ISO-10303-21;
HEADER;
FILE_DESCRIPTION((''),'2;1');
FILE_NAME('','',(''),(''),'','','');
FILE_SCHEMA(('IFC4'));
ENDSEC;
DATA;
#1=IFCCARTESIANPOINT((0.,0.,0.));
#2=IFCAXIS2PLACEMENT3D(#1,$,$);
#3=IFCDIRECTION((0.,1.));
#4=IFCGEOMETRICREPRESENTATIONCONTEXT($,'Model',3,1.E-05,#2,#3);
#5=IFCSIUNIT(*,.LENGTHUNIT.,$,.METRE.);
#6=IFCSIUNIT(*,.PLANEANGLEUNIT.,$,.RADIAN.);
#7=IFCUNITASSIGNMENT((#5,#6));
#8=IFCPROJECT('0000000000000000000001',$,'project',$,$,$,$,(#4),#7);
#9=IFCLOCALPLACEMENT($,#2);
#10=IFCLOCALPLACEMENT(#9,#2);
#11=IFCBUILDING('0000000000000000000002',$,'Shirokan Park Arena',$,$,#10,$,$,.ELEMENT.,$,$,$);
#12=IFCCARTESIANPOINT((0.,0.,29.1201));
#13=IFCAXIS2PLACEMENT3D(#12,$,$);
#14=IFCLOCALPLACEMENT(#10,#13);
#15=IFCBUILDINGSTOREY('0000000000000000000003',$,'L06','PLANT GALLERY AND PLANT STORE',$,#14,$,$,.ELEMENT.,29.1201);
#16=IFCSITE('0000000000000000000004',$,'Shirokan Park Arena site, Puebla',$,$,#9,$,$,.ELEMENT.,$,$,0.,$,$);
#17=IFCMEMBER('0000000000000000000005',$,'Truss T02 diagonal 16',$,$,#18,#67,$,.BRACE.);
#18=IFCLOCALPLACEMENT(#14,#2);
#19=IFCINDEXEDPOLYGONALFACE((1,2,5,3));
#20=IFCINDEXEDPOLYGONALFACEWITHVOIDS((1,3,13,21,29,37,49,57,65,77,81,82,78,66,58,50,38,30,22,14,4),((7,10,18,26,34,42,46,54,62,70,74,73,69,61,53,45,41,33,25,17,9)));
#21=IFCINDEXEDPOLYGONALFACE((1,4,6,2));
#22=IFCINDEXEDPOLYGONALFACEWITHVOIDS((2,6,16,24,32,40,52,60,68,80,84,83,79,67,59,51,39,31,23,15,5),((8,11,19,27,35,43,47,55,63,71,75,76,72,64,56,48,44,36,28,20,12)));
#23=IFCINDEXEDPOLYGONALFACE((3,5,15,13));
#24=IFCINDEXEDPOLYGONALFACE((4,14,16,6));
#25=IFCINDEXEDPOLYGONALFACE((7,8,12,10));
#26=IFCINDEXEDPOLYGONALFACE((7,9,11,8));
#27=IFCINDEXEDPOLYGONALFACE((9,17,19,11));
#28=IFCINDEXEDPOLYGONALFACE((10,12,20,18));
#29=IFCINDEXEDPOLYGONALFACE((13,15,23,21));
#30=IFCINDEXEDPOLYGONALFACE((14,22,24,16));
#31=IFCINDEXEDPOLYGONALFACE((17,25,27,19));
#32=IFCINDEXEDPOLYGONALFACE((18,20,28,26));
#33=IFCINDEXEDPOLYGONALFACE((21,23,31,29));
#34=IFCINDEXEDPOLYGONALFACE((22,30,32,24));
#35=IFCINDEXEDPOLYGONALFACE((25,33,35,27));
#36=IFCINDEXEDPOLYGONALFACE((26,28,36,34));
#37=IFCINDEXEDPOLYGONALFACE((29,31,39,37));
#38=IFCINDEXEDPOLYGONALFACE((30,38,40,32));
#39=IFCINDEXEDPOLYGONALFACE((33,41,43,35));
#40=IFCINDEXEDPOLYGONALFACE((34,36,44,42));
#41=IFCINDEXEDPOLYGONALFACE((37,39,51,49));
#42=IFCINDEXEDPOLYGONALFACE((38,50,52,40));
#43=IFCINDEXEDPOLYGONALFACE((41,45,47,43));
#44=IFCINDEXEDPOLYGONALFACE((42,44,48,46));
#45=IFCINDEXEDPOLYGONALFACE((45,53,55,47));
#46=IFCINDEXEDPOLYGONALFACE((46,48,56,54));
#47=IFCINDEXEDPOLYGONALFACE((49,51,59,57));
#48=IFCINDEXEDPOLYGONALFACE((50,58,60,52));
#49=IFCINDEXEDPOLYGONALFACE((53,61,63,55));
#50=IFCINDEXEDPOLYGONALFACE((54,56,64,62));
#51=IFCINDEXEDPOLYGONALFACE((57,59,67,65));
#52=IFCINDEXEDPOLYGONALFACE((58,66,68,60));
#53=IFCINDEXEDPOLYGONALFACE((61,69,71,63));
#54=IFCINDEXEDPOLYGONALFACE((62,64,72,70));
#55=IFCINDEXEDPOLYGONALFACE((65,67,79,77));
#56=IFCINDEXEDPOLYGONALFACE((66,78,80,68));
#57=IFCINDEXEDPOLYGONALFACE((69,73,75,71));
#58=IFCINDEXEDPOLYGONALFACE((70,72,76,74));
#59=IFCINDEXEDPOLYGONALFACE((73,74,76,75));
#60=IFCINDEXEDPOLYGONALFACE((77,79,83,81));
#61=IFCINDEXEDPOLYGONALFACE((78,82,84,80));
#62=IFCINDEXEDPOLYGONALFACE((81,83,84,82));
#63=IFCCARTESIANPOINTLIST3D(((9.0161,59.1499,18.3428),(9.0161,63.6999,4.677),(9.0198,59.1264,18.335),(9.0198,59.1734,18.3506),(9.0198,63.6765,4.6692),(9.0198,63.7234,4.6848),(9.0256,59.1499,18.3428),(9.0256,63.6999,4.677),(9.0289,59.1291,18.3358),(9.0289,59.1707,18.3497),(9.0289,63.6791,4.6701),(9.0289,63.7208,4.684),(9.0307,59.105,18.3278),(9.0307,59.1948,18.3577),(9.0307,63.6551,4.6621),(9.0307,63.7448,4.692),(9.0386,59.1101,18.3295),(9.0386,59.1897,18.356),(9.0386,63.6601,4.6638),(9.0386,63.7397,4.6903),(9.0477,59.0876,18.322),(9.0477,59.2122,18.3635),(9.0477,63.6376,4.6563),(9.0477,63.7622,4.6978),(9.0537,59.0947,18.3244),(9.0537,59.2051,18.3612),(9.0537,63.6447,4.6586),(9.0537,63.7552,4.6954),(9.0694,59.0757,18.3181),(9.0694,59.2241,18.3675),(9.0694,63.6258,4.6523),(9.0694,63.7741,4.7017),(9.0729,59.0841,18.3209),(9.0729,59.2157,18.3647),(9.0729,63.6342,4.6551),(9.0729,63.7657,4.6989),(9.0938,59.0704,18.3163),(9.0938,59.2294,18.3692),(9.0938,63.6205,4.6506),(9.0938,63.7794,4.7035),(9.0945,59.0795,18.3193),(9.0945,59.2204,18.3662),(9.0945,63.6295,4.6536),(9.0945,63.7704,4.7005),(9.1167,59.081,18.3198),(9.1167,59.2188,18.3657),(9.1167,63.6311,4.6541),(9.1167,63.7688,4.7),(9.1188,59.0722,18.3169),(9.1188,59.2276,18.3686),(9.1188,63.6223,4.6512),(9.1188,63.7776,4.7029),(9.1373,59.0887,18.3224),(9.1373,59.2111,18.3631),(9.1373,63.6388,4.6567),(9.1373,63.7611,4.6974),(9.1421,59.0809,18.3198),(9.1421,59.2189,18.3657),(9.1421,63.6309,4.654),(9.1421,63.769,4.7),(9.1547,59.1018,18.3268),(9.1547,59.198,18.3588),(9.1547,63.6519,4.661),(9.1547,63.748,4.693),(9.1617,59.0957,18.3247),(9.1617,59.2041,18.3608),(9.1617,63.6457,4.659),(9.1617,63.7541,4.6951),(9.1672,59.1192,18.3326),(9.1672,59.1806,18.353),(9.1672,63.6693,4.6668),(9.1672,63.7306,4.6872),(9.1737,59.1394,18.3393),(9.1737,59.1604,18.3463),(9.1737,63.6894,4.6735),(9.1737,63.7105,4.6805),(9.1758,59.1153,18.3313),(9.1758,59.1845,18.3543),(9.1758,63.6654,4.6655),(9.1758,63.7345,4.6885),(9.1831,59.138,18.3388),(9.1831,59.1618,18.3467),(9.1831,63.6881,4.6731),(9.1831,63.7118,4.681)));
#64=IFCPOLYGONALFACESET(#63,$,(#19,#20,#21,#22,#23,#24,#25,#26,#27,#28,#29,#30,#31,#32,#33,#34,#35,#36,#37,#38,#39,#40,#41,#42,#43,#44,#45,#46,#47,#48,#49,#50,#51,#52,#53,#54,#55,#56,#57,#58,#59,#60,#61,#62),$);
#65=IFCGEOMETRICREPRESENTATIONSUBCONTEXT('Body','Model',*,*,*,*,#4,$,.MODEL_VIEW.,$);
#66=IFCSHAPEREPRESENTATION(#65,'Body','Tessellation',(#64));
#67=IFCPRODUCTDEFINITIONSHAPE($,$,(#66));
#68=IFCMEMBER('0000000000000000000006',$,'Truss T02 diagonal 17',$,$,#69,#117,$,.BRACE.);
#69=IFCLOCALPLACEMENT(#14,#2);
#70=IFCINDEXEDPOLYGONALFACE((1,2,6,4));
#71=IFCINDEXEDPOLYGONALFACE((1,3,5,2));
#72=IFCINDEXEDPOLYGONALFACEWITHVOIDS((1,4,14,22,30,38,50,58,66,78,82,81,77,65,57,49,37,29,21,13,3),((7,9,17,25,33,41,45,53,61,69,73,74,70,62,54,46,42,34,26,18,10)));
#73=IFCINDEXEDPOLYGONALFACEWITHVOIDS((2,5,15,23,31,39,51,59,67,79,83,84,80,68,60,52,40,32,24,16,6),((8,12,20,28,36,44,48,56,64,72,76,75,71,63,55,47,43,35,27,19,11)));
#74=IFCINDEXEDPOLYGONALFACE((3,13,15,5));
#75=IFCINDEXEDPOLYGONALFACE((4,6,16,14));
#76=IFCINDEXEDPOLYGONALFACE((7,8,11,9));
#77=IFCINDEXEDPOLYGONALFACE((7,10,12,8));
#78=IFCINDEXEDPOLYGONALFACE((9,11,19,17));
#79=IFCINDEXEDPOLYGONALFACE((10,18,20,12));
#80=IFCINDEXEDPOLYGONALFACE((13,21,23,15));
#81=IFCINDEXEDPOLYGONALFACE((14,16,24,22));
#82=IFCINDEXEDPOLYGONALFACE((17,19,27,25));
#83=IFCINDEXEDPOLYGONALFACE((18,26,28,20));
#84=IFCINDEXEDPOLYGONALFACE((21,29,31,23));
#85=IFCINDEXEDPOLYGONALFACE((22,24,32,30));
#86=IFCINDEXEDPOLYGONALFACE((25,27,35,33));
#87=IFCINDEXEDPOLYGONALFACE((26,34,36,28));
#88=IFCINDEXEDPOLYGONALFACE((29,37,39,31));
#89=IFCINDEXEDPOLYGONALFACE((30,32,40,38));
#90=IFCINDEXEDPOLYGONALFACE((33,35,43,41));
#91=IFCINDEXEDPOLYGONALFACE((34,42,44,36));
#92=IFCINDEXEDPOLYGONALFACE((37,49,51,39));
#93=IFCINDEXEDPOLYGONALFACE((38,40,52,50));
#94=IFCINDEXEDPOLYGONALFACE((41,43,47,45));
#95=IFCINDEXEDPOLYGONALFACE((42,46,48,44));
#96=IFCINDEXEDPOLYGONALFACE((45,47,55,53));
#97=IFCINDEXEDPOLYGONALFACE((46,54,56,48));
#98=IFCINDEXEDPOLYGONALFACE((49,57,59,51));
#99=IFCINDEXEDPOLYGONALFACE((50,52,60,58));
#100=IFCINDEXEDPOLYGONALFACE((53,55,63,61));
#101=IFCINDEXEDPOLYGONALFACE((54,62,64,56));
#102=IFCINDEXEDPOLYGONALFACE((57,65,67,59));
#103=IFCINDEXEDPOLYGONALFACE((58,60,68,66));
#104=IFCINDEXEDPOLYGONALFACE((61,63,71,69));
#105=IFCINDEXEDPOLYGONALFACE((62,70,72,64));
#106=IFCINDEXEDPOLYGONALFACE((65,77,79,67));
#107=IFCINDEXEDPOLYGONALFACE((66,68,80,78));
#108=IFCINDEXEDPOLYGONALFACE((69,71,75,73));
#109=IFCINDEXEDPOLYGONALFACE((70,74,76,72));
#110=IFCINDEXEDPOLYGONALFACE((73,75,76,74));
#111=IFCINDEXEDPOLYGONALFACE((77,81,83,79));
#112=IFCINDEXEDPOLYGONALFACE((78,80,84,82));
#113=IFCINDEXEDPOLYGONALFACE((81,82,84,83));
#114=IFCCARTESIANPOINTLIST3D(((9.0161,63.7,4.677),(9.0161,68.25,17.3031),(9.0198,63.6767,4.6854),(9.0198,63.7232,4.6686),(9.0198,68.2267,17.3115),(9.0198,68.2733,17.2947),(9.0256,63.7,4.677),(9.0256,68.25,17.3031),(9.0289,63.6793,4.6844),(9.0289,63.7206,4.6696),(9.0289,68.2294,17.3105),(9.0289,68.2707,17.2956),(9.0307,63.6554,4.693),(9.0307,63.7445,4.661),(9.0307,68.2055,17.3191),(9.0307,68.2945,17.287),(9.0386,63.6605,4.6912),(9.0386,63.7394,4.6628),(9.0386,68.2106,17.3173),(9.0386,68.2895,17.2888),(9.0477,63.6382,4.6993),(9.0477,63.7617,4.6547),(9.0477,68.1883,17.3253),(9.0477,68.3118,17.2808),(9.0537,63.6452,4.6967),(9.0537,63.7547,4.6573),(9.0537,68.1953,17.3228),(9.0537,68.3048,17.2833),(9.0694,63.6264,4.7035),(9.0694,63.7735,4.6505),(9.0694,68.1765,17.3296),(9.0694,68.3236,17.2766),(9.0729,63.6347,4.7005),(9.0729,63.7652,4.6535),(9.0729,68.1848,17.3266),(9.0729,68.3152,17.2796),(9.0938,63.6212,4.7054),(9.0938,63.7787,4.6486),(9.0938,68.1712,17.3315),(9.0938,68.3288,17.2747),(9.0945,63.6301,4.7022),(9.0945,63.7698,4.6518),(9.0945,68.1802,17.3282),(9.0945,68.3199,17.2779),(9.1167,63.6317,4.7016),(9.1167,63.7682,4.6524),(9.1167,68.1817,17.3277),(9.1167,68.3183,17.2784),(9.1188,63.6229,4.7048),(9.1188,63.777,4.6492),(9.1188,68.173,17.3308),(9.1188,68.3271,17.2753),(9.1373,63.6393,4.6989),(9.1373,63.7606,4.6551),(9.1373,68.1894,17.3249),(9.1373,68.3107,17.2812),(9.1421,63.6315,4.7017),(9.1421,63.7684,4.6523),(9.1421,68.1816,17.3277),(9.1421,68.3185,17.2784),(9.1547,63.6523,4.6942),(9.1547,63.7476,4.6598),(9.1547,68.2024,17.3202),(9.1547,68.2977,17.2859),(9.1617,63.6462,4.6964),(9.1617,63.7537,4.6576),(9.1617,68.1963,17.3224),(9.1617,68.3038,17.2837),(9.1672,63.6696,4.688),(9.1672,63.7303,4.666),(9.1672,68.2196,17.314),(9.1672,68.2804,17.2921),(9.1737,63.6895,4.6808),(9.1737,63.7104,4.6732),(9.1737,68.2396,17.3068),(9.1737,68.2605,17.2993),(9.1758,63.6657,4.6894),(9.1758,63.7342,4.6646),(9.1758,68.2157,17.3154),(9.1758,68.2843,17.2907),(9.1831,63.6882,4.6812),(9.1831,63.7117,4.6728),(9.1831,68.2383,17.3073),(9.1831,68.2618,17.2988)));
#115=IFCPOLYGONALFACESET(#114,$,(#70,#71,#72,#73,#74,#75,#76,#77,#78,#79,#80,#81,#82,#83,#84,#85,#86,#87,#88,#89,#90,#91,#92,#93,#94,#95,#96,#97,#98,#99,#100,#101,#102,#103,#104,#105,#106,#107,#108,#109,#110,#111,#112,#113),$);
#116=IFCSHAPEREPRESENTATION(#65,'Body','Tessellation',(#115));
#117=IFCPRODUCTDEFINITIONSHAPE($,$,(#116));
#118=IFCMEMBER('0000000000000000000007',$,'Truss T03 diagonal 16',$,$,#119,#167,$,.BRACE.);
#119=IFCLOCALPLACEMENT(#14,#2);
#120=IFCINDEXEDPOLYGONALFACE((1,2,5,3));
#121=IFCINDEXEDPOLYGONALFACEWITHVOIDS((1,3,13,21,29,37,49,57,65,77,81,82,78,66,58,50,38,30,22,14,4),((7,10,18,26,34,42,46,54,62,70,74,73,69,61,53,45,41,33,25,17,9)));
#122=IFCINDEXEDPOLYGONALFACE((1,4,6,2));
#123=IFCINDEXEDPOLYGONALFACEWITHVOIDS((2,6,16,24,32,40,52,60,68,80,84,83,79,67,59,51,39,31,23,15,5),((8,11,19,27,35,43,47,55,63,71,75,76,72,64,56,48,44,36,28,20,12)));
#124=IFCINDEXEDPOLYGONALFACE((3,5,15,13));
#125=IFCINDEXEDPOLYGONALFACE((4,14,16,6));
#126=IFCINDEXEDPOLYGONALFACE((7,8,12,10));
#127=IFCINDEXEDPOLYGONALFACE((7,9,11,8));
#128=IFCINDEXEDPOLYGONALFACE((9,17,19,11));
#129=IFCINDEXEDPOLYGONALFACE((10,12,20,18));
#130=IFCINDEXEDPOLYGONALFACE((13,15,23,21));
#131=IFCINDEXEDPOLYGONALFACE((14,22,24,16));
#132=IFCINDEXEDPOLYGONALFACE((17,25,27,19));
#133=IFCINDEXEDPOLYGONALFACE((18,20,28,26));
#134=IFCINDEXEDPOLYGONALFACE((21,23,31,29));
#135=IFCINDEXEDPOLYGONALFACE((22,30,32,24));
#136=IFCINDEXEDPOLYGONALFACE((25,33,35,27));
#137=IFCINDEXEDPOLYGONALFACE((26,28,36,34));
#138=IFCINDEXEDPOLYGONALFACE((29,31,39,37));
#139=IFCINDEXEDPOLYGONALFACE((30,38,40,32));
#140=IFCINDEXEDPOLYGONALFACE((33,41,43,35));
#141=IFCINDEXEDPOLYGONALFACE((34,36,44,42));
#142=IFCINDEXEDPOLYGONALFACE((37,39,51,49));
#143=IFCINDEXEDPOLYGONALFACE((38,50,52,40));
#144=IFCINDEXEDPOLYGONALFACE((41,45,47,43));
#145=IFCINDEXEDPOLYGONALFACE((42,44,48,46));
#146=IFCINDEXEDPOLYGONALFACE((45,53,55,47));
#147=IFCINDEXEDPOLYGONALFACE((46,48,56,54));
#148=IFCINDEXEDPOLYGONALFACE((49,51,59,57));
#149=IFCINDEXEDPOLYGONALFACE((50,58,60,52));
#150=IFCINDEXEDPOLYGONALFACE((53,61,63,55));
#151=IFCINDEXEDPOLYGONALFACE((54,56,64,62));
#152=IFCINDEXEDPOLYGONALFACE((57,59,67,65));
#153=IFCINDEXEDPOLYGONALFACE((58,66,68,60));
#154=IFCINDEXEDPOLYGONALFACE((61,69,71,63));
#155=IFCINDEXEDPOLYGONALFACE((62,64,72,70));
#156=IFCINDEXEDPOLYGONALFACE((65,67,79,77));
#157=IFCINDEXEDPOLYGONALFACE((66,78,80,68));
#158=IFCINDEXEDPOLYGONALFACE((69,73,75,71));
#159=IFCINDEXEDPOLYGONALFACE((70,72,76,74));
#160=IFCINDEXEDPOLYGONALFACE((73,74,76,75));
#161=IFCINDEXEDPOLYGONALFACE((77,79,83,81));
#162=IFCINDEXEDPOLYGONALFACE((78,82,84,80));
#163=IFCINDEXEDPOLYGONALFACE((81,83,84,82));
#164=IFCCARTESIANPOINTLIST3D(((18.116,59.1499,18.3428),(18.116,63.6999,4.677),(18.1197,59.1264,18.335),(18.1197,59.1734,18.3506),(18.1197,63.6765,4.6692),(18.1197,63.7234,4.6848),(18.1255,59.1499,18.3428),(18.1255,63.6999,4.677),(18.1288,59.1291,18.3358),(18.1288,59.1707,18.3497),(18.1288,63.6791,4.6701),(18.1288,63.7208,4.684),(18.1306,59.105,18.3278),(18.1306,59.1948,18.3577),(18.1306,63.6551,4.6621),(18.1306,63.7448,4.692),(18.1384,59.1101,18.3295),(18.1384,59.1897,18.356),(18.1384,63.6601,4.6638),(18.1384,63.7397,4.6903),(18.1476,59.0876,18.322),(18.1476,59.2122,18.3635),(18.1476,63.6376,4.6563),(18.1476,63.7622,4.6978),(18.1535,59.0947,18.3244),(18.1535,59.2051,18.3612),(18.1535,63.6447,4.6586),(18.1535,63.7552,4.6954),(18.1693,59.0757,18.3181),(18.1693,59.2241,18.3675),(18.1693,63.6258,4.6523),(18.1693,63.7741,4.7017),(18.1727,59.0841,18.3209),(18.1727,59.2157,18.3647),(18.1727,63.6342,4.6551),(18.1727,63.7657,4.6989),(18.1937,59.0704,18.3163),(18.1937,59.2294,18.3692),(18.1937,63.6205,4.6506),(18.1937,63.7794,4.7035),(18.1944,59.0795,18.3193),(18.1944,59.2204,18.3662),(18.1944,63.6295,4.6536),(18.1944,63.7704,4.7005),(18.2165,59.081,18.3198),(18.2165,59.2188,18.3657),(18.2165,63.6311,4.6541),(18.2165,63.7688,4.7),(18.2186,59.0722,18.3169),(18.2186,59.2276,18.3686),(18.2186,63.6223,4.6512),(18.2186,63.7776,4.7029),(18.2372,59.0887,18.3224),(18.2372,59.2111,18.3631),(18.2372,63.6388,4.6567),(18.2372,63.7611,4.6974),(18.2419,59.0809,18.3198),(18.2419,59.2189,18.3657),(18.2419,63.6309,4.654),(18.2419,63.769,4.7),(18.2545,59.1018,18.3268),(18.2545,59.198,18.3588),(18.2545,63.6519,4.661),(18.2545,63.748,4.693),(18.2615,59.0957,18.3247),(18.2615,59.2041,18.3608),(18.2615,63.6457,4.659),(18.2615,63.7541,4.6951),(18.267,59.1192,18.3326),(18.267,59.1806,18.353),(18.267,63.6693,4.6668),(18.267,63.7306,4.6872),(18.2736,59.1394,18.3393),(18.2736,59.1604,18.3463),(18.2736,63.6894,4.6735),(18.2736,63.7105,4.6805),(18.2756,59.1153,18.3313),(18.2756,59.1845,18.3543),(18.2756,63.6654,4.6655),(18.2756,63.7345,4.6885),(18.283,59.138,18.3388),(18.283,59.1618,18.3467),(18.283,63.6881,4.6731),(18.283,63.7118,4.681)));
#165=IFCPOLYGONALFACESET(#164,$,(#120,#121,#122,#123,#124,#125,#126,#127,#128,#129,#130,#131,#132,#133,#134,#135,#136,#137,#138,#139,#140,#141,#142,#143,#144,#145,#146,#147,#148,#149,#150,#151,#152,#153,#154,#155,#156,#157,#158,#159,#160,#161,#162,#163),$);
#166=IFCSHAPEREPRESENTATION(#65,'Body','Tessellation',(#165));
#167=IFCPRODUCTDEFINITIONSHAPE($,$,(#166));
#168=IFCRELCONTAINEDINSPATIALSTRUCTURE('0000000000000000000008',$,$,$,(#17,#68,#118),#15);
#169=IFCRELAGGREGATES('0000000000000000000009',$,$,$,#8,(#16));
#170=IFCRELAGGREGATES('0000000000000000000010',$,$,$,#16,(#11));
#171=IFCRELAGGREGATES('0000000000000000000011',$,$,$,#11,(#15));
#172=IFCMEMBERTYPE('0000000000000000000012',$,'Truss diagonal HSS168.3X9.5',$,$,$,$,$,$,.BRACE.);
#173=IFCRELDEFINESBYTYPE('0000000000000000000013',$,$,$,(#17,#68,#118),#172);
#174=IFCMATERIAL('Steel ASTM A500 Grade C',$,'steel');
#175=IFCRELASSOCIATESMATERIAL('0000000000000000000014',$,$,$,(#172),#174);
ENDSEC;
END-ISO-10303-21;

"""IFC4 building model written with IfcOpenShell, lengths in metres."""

from ifc_helpers import new_model, si_unit, direction, frame, origin, origin_2d, place, context, subcontext, project, spatial, hollow_circle, extrude, material, material_profile, profile_set, type_object, element, save


model = new_model("IFC4")

# Units and contexts
model_context = context("Model", 3, precision=1e-05, world=origin(), true_north=direction((0.0, 1.0)))
body_context = subcontext(model_context, "Body", "Model", "MODEL_VIEW")
ifc_project = project(units=[si_unit("LENGTHUNIT", "METRE"), si_unit("PLANEANGLEUNIT", "RADIAN")], contexts=[model_context])

# Site, building, storey
site_placement = place(None, origin())
site = spatial("IfcSite", under=ifc_project, at=site_placement, Name="Shirokan Park Arena site, Puebla", CompositionType="ELEMENT", RefElevation=0.0)
building_placement = place(site_placement, origin())
building = spatial("IfcBuilding", under=site, at=building_placement, Name="Shirokan Park Arena", CompositionType="ELEMENT")
storey_placement = place(building_placement, frame((0.0, 0.0, 29.1201)))
storey = spatial("IfcBuildingStorey", under=building, at=storey_placement, Name="L06", Description="PLANT GALLERY AND PLANT STORE", CompositionType="ELEMENT", Elevation=29.1201)

# Shared definitions
ifc_material_1 = material(Name="Steel ASTM A500 Grade C", Category="steel")

# Members
ifc_material_profile_1 = material_profile(ifc_material_1, hollow_circle(Radius=0.084, WallThickness=0.0095, at=origin_2d()), Name="HSS168.3X9.5")
ifc_profile_set_1 = profile_set([ifc_material_profile_1], Name="Steel ASTM A500 Grade C")
member_type_1 = type_object("IfcMemberType", Name="Truss diagonal HSS168.3X9.5", PredefinedType="BRACE", material=ifc_profile_set_1)
member_1_placement = place(storey_placement, frame((9.1001, 59.1499, 18.3428), z_axis=(0.0, 0.315902, -0.948792), x_axis=(-1.0, 0.0, 0.0)))
element("IfcMember", 1, at=member_1_placement, inside=storey, type_object=member_type_1, Name="Truss T02 diagonal 16", PredefinedType="BRACE", context=body_context, shape_type="SweptSolid", body=[
    extrude(hollow_circle(Radius=0.084, WallThickness=0.0095, at=origin_2d()), origin(), (0.0, 0.0, 1.0), 14.4033),
])
member_2_placement = place(storey_placement, frame((9.1001, 63.7, 4.677), z_axis=(0.0, 0.339029, 0.940776), x_axis=(-1.0, 0.0, 0.0)))
element("IfcMember", 2, at=member_2_placement, inside=storey, type_object=member_type_1, Name="Truss T02 diagonal 17", PredefinedType="BRACE", context=body_context, shape_type="SweptSolid", body=[
    extrude(hollow_circle(Radius=0.084, WallThickness=0.0095, at=origin_2d()), origin(), (0.0, 0.0, 1.0), 13.4209),
])
member_3_placement = place(storey_placement, frame((18.2, 59.1499, 18.3428), z_axis=(0.0, 0.315902, -0.948792), x_axis=(-1.0, 0.0, 0.0)))
element("IfcMember", 3, at=member_3_placement, inside=storey, type_object=member_type_1, Name="Truss T03 diagonal 16", PredefinedType="BRACE", context=body_context, shape_type="SweptSolid", body=[
    extrude(hollow_circle(Radius=0.084, WallThickness=0.0095, at=origin_2d()), origin(), (0.0, 0.0, 1.0), 14.4033),
])

save(model, "model.ifc")
